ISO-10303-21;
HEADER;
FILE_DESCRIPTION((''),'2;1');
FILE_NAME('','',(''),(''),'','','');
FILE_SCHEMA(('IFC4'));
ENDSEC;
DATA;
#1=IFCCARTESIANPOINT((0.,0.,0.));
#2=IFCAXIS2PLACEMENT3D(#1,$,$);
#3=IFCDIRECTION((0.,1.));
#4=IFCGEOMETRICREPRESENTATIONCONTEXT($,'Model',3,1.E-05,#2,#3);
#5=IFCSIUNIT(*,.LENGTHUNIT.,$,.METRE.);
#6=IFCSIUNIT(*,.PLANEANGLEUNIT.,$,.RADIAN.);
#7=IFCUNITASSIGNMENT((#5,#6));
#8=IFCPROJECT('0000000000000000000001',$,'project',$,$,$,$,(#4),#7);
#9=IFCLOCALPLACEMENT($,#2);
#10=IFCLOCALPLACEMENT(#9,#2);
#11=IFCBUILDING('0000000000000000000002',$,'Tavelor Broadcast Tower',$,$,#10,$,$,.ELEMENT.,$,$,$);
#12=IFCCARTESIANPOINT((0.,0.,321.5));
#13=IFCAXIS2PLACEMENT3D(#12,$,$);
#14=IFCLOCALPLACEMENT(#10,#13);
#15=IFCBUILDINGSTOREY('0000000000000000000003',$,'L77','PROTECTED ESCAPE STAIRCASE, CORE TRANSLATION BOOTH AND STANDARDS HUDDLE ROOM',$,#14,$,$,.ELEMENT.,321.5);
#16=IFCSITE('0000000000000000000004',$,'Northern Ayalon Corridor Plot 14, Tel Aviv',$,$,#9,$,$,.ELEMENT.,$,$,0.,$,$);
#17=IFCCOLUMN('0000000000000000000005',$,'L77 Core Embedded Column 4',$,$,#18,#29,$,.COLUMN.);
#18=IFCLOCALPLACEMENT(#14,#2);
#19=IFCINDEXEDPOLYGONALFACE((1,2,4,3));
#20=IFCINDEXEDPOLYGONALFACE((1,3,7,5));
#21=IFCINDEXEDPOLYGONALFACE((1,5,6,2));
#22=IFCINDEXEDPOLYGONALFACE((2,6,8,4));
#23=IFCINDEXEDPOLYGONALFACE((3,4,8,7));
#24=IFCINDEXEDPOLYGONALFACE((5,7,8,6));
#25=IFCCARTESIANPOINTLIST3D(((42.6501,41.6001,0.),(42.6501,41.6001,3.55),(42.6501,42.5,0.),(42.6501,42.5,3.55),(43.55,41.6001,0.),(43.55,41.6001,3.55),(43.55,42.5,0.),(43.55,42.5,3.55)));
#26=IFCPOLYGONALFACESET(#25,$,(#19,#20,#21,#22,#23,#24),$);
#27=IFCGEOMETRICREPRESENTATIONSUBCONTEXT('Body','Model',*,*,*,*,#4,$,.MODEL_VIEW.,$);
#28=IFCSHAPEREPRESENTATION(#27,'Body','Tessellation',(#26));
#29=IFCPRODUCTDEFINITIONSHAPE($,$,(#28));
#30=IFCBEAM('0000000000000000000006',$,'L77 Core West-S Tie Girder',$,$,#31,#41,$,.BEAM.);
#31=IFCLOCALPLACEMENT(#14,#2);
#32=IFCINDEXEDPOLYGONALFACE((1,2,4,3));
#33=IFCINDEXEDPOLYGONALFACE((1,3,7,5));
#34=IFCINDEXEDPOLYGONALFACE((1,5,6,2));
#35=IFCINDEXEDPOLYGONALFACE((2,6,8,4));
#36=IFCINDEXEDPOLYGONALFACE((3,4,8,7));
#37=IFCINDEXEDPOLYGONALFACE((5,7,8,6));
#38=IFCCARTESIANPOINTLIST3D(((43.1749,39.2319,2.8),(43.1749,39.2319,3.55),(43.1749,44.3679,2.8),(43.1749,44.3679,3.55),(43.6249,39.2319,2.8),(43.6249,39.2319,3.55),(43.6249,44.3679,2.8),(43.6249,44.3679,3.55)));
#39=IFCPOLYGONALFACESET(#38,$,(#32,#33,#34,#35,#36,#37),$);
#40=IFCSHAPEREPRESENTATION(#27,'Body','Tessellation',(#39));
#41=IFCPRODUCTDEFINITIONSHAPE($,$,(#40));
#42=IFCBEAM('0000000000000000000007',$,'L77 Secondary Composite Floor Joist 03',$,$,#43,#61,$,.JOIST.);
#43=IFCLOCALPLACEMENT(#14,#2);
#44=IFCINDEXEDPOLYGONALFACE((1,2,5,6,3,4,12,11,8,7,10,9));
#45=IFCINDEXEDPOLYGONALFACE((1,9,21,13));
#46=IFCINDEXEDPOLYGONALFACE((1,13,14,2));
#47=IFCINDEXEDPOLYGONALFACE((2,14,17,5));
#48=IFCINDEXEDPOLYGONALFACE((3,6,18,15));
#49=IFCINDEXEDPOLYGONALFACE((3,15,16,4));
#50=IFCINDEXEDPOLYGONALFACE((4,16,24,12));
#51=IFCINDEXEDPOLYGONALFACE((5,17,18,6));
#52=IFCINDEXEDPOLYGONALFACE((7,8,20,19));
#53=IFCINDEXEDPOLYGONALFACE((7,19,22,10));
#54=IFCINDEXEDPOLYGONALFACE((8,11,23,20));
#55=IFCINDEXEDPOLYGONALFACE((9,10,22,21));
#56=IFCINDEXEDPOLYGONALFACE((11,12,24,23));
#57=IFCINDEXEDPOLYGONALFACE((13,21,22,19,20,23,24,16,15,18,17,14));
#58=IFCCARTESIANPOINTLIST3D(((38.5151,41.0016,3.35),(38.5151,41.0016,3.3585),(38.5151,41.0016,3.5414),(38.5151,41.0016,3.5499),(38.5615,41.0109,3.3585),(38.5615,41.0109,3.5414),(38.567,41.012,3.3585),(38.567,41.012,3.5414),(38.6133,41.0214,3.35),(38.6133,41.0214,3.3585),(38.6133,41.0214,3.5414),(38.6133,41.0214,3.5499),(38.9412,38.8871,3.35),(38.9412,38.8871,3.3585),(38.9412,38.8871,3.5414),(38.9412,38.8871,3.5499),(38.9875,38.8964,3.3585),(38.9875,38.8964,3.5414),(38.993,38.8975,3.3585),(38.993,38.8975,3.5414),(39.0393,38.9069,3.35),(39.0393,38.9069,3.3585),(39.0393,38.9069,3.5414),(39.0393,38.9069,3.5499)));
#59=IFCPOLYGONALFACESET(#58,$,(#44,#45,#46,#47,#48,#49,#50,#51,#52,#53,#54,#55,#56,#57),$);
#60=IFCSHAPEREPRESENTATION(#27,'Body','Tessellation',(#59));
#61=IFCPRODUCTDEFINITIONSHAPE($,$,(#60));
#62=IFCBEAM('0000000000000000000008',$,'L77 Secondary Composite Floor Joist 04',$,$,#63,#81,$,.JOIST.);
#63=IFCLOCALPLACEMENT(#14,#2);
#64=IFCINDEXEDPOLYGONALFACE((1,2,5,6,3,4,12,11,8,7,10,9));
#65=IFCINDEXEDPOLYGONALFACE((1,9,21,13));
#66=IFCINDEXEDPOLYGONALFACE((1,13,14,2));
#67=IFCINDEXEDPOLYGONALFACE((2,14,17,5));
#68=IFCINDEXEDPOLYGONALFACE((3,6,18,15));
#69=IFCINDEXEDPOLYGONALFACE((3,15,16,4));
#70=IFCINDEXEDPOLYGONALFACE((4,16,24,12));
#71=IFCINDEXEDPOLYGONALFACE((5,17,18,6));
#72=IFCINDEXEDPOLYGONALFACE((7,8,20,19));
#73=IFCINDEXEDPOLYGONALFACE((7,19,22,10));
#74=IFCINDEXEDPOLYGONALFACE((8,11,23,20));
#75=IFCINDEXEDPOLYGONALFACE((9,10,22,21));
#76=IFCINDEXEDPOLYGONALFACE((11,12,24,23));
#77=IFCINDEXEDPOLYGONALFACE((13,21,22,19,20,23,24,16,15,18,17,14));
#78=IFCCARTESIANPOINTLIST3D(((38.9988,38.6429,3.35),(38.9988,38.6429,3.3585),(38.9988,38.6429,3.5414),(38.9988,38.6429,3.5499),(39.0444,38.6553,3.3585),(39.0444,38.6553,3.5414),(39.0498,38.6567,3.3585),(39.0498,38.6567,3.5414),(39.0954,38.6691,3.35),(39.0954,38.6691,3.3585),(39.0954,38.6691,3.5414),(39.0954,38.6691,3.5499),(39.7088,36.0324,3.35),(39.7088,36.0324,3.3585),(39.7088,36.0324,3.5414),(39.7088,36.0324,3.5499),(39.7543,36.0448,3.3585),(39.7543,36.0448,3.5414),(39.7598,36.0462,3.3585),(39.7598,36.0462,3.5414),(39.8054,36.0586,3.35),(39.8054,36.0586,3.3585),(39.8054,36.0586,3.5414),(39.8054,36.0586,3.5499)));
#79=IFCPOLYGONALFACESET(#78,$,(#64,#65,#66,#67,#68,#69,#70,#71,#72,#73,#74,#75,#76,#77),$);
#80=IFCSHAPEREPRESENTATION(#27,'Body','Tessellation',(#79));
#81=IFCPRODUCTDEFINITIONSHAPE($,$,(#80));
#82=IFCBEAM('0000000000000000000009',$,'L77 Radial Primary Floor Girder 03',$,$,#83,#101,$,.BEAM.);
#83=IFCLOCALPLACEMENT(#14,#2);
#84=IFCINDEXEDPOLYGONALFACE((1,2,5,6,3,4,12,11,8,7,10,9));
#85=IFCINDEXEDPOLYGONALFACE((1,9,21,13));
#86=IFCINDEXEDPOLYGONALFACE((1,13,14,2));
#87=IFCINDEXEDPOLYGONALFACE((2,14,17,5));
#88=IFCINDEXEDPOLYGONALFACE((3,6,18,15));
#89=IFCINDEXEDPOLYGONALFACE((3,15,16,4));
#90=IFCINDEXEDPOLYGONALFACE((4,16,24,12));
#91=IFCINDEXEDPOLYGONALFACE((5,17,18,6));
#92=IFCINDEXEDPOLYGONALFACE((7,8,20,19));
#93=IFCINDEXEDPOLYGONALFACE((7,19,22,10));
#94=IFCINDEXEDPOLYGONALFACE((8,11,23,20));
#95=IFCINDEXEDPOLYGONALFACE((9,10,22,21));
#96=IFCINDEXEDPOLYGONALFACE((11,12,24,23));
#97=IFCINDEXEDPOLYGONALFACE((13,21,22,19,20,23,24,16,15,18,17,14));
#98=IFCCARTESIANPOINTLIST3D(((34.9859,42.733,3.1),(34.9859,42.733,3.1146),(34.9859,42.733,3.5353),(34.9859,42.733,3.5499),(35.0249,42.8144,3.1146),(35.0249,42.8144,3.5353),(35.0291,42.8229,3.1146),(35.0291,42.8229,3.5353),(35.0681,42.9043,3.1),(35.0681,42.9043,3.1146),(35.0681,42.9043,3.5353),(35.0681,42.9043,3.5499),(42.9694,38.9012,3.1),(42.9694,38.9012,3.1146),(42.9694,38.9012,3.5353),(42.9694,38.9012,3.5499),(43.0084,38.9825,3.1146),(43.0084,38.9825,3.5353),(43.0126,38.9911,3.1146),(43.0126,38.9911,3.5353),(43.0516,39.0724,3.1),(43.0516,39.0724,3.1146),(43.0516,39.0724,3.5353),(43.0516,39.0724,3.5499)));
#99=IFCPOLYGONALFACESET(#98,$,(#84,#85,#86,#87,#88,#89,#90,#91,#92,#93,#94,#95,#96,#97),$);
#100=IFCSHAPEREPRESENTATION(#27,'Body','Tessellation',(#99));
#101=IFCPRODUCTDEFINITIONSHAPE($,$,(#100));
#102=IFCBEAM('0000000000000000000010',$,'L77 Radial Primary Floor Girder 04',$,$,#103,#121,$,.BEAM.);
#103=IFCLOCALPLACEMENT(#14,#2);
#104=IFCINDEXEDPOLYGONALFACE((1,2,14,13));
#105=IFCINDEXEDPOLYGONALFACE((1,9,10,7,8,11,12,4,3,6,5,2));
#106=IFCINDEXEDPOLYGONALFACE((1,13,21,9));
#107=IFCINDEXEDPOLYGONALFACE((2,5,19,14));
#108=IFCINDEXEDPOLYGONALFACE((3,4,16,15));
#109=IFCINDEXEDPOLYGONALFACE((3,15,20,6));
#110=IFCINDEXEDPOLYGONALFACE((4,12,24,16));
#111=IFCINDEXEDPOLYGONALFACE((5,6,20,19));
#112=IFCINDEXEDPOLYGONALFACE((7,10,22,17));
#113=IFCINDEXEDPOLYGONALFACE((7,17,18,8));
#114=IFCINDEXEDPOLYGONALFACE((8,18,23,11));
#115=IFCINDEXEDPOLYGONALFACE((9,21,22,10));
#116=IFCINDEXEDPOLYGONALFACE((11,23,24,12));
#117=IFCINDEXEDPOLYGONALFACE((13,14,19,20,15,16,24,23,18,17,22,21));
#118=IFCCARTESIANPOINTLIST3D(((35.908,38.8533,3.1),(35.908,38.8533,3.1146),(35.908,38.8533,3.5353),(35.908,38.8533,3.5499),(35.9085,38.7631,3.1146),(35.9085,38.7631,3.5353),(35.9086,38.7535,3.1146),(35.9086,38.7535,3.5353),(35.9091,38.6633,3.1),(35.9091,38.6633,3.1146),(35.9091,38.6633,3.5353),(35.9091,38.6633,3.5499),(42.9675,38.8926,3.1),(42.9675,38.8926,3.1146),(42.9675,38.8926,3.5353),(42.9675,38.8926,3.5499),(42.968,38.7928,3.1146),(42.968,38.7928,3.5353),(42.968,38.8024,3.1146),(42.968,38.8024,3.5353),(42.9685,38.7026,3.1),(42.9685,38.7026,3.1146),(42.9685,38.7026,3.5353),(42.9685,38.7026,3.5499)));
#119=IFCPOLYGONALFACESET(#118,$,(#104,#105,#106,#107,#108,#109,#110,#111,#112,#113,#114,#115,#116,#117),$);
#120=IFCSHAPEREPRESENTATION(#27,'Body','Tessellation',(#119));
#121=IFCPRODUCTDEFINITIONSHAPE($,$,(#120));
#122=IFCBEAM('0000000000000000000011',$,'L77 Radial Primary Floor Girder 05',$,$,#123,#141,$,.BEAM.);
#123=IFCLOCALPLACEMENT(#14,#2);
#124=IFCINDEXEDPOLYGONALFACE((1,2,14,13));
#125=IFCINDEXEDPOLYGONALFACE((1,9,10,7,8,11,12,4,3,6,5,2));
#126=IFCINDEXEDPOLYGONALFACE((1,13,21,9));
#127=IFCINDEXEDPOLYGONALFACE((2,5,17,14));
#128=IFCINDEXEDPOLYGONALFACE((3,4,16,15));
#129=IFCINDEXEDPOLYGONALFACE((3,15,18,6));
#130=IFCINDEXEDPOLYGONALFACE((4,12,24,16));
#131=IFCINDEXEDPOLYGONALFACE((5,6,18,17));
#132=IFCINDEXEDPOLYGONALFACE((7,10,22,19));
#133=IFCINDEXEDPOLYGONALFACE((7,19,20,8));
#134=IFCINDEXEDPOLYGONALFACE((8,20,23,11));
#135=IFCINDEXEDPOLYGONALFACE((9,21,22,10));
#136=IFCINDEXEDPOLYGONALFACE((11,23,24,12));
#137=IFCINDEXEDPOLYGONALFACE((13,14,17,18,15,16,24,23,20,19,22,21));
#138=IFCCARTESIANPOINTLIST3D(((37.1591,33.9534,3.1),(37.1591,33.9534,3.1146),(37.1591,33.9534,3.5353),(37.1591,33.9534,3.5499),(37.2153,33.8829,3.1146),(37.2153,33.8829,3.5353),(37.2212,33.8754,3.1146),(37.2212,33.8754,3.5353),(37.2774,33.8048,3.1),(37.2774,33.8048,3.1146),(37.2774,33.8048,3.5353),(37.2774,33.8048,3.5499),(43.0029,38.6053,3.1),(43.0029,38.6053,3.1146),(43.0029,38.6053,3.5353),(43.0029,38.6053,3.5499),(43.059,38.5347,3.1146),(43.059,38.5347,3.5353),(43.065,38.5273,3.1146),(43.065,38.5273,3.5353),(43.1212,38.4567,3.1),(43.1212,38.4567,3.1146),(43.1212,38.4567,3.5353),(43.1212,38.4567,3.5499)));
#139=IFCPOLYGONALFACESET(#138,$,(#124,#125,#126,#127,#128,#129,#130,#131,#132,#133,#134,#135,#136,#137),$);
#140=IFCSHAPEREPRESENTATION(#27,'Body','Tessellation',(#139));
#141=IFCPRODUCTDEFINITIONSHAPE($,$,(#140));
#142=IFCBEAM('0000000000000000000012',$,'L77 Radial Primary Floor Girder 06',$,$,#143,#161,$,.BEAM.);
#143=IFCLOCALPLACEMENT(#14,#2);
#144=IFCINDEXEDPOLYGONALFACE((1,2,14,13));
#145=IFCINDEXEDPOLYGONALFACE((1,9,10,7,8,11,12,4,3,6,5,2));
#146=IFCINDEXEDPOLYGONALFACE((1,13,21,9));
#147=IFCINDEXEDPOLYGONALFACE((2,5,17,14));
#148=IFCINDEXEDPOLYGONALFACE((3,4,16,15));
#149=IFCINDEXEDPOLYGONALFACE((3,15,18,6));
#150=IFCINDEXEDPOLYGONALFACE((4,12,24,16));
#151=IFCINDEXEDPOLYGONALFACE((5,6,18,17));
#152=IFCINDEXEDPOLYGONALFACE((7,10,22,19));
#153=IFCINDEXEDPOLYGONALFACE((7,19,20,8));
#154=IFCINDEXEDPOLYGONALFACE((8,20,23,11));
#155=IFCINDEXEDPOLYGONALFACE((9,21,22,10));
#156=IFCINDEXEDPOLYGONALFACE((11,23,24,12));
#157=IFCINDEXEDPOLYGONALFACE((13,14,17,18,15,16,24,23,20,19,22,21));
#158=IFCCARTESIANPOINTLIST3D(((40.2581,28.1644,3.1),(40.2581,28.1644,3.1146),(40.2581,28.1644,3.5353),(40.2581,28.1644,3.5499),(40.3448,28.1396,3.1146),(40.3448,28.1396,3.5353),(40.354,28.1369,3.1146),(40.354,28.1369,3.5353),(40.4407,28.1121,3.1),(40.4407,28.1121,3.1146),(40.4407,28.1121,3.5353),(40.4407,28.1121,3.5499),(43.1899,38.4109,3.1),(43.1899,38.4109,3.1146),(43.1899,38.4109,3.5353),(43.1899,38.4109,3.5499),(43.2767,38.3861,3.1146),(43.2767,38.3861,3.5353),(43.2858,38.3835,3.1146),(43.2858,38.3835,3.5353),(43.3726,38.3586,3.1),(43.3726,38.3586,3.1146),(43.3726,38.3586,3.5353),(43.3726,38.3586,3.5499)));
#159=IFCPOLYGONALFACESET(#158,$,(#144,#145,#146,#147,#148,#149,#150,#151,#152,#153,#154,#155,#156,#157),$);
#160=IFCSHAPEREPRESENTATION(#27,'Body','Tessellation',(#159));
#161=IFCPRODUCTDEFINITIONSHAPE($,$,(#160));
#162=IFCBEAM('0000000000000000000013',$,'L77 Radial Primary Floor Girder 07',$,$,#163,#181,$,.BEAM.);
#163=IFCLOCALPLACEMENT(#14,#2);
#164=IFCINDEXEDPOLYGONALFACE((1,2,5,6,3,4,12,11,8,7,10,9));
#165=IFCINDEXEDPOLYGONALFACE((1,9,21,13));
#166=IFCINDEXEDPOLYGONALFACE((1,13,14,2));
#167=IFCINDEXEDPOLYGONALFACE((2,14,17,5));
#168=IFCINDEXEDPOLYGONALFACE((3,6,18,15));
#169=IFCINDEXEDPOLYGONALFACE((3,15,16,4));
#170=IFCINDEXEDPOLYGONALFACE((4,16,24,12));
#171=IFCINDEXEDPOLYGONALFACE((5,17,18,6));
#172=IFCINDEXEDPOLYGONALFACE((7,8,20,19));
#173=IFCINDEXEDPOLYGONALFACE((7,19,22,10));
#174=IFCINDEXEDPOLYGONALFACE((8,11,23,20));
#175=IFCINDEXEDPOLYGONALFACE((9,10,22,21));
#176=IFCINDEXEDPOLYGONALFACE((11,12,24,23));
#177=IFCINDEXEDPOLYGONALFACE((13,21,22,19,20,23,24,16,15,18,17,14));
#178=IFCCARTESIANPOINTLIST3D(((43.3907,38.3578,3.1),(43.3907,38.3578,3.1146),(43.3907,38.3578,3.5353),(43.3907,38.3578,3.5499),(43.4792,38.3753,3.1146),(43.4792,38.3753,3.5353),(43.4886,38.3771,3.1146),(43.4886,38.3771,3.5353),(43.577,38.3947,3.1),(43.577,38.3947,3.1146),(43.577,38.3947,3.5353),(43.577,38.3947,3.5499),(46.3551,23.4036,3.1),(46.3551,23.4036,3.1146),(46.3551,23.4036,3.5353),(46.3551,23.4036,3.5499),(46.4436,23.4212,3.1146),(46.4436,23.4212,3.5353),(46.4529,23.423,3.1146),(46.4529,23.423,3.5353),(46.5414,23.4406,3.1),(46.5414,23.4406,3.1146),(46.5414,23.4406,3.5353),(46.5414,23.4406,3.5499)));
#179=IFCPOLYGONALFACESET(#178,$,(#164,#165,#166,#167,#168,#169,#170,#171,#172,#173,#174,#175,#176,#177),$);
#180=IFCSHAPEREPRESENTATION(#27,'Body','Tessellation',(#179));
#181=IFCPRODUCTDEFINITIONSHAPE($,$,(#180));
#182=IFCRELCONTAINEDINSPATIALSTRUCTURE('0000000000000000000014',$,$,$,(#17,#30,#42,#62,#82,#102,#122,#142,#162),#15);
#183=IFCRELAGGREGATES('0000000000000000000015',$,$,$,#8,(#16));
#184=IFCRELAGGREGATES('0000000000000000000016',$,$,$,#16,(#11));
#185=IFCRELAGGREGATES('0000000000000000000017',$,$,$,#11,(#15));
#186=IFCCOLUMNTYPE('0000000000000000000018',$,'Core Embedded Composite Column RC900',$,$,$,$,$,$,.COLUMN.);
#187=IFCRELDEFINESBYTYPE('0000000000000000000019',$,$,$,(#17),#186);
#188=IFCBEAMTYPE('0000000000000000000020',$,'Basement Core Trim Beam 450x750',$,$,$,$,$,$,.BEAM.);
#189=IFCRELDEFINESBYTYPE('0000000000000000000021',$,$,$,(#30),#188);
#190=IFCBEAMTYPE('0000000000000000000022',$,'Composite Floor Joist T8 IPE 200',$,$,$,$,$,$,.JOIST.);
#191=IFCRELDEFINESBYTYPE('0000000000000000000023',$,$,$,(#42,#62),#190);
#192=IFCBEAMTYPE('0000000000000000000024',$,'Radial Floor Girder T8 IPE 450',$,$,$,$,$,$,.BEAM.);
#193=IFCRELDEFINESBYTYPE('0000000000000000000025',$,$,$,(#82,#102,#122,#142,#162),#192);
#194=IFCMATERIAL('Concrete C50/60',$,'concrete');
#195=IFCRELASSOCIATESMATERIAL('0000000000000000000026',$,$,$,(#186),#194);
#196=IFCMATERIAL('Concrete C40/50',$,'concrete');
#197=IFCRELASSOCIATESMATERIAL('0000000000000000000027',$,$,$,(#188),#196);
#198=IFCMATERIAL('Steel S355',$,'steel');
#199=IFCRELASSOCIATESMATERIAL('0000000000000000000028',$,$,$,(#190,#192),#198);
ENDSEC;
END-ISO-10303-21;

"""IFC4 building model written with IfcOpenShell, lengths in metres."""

from ifc_helpers import new_model, si_unit, direction, frame, origin, origin_2d, place, context, subcontext, project, spatial, rectangle, i_section, extrude, material, material_profile, profile_set, type_object, element, save


model = new_model("IFC4")

# Units and contexts
model_context = context("Model", 3, precision=1e-05, world=origin(), true_north=direction((0.0, 1.0)))
body_context = subcontext(model_context, "Body", "Model", "MODEL_VIEW")
ifc_project = project(units=[si_unit("LENGTHUNIT", "METRE"), si_unit("PLANEANGLEUNIT", "RADIAN")], contexts=[model_context])

# Site, building, storey
site_placement = place(None, origin())
site = spatial("IfcSite", under=ifc_project, at=site_placement, Name="Northern Ayalon Corridor Plot 14, Tel Aviv", CompositionType="ELEMENT", RefElevation=0.0)
building_placement = place(site_placement, origin())
building = spatial("IfcBuilding", under=site, at=building_placement, Name="Tavelor Broadcast Tower", CompositionType="ELEMENT")
storey_placement = place(building_placement, frame((0.0, 0.0, 321.5)))
storey = spatial("IfcBuildingStorey", under=building, at=storey_placement, Name="L77", Description="PROTECTED ESCAPE STAIRCASE, CORE TRANSLATION BOOTH AND STANDARDS HUDDLE ROOM", CompositionType="ELEMENT", Elevation=321.5)

# Column
ifc_material_1 = material(Name="Concrete C50/60", Category="concrete")
ifc_material_profile_1 = material_profile(ifc_material_1, rectangle(XDim=0.8999, YDim=0.8999, at=origin_2d()), Name="RC 900x900")
ifc_profile_set_1 = profile_set([ifc_material_profile_1], Name="Concrete C50/60")
column_type = type_object("IfcColumnType", Name="Core Embedded Composite Column RC900", PredefinedType="COLUMN", material=ifc_profile_set_1)
column_placement = place(storey_placement, frame((43.1001, 42.05, 0.0), z_axis=(0.0, 0.0, 1.0), x_axis=(1.0, 0.0, 0.0)))
element("IfcColumn", 1, at=column_placement, inside=storey, type_object=column_type, Name="L77 Core Embedded Column 4", PredefinedType="COLUMN", context=body_context, shape_type="SweptSolid", body=[
    extrude(rectangle(XDim=0.8999, YDim=0.8999, at=origin_2d()), origin(), (0.0, 0.0, 1.0), 3.55),
])

# Beams
ifc_material_2 = material(Name="Concrete C40/50", Category="concrete")
ifc_material_profile_2 = material_profile(ifc_material_2, rectangle(XDim=0.45, YDim=0.75, at=origin_2d()), Name="RC 450x750")
ifc_profile_set_2 = profile_set([ifc_material_profile_2], Name="Concrete C40/50")
beam_type_1 = type_object("IfcBeamType", Name="Basement Core Trim Beam 450x750", PredefinedType="BEAM", material=ifc_profile_set_2)
beam_1_placement = place(storey_placement, frame((43.3999, 39.2319, 3.175), z_axis=(0.0, 1.0, 0.0), x_axis=(-1.0, 0.0, 0.0)))
element("IfcBeam", 2, at=beam_1_placement, inside=storey, type_object=beam_type_1, Name="L77 Core West-S Tie Girder", PredefinedType="BEAM", context=body_context, shape_type="SweptSolid", body=[
    extrude(rectangle(XDim=0.45, YDim=0.75, at=origin_2d()), origin(), (0.0, 0.0, 1.0), 5.136),
])
ifc_material_3 = material(Name="Steel S355", Category="steel")
ifc_material_profile_3 = material_profile(ifc_material_3, i_section(OverallWidth=0.1001, OverallDepth=0.2, WebThickness=0.0056, FlangeThickness=0.0085, at=origin_2d()), Name="IPE 200")
ifc_profile_set_3 = profile_set([ifc_material_profile_3], Name="Steel S355")
beam_type_2 = type_object("IfcBeamType", Name="Composite Floor Joist T8 IPE 200", PredefinedType="JOIST", material=ifc_profile_set_3)
beam_2_placement = place(storey_placement, frame((38.5642, 41.0115, 3.45), z_axis=(0.197509, -0.980301, 0.0), x_axis=(0.980301, 0.197509, 0.0)))
element("IfcBeam", 3, at=beam_2_placement, inside=storey, type_object=beam_type_2, Name="L77 Secondary Composite Floor Joist 03", PredefinedType="JOIST", context=body_context, shape_type="SweptSolid", body=[
    extrude(i_section(OverallWidth=0.1001, OverallDepth=0.2, WebThickness=0.0056, FlangeThickness=0.0085, at=origin_2d()), origin(), (0.0, 0.0, 1.0), 2.157),
])
beam_3_placement = place(storey_placement, frame((39.0471, 38.656, 3.45), z_axis=(0.262422, -0.964953, 0.0), x_axis=(0.964953, 0.262422, 0.0)))
element("IfcBeam", 4, at=beam_3_placement, inside=storey, type_object=beam_type_2, Name="L77 Secondary Composite Floor Joist 04", PredefinedType="JOIST", context=body_context, shape_type="SweptSolid", body=[
    extrude(i_section(OverallWidth=0.1001, OverallDepth=0.2, WebThickness=0.0056, FlangeThickness=0.0085, at=origin_2d()), origin(), (0.0, 0.0, 1.0), 2.7053),
])
ifc_material_profile_4 = material_profile(ifc_material_3, i_section(OverallWidth=0.1899, OverallDepth=0.45, WebThickness=0.0095, FlangeThickness=0.0146, at=origin_2d()), Name="IPE 450")
ifc_profile_set_4 = profile_set([ifc_material_profile_4], Name="Steel S355")
beam_type_3 = type_object("IfcBeamType", Name="Radial Floor Girder T8 IPE 450", PredefinedType="BEAM", material=ifc_profile_set_4)
beam_4_placement = place(storey_placement, frame((43.0105, 38.9868, 3.325), z_axis=(-0.901534, 0.432709, 0.0), x_axis=(-0.432709, -0.901534, 0.0)))
element("IfcBeam", 5, at=beam_4_placement, inside=storey, type_object=beam_type_3, Name="L77 Radial Primary Floor Girder 03", PredefinedType="BEAM", context=body_context, shape_type="SweptSolid", body=[
    extrude(i_section(OverallWidth=0.1899, OverallDepth=0.45, WebThickness=0.0095, FlangeThickness=0.0146, at=origin_2d()), origin(), (0.0, 0.0, 1.0), 8.8555),
])
beam_5_placement = place(storey_placement, frame((42.968, 38.7976, 3.325), z_axis=(-0.999984, -0.005568, 0.0), x_axis=(0.005568, -0.999984, 0.0)))
element("IfcBeam", 6, at=beam_5_placement, inside=storey, type_object=beam_type_3, Name="L77 Radial Primary Floor Girder 04", PredefinedType="BEAM", context=body_context, shape_type="SweptSolid", body=[
    extrude(i_section(OverallWidth=0.1899, OverallDepth=0.45, WebThickness=0.0095, FlangeThickness=0.0146, at=origin_2d()), origin(), (0.0, 0.0, 1.0), 7.0596),
])
beam_6_placement = place(storey_placement, frame((43.062, 38.531, 3.325), z_axis=(-0.782378, -0.622804, 0.0), x_axis=(0.622804, -0.782378, 0.0)))
element("IfcBeam", 7, at=beam_6_placement, inside=storey, type_object=beam_type_3, Name="L77 Radial Primary Floor Girder 05", PredefinedType="BEAM", context=body_context, shape_type="SweptSolid", body=[
    extrude(i_section(OverallWidth=0.1899, OverallDepth=0.45, WebThickness=0.0095, FlangeThickness=0.0146, at=origin_2d()), origin(), (0.0, 0.0, 1.0), 7.4692),
])
beam_7_placement = place(storey_placement, frame((43.2812, 38.3848, 3.325), z_axis=(-0.275093, -0.961418, 0.0), x_axis=(0.961418, -0.275093, 0.0)))
element("IfcBeam", 8, at=beam_7_placement, inside=storey, type_object=beam_type_3, Name="L77 Radial Primary Floor Girder 06", PredefinedType="BEAM", context=body_context, shape_type="SweptSolid", body=[
    extrude(i_section(OverallWidth=0.1899, OverallDepth=0.45, WebThickness=0.0095, FlangeThickness=0.0146, at=origin_2d()), origin(), (0.0, 0.0, 1.0), 10.6577),
])
beam_8_placement = place(storey_placement, frame((43.4839, 38.3762, 3.325), z_axis=(0.194447, -0.980913, 0.0), x_axis=(0.980913, 0.194447, 0.0)))
element("IfcBeam", 9, at=beam_8_placement, inside=storey, type_object=beam_type_3, Name="L77 Radial Primary Floor Girder 07", PredefinedType="BEAM", context=body_context, shape_type="SweptSolid", body=[
    extrude(i_section(OverallWidth=0.1899, OverallDepth=0.45, WebThickness=0.0095, FlangeThickness=0.0146, at=origin_2d()), origin(), (0.0, 0.0, 1.0), 15.2451),
])

save(model, "model.ifc")
